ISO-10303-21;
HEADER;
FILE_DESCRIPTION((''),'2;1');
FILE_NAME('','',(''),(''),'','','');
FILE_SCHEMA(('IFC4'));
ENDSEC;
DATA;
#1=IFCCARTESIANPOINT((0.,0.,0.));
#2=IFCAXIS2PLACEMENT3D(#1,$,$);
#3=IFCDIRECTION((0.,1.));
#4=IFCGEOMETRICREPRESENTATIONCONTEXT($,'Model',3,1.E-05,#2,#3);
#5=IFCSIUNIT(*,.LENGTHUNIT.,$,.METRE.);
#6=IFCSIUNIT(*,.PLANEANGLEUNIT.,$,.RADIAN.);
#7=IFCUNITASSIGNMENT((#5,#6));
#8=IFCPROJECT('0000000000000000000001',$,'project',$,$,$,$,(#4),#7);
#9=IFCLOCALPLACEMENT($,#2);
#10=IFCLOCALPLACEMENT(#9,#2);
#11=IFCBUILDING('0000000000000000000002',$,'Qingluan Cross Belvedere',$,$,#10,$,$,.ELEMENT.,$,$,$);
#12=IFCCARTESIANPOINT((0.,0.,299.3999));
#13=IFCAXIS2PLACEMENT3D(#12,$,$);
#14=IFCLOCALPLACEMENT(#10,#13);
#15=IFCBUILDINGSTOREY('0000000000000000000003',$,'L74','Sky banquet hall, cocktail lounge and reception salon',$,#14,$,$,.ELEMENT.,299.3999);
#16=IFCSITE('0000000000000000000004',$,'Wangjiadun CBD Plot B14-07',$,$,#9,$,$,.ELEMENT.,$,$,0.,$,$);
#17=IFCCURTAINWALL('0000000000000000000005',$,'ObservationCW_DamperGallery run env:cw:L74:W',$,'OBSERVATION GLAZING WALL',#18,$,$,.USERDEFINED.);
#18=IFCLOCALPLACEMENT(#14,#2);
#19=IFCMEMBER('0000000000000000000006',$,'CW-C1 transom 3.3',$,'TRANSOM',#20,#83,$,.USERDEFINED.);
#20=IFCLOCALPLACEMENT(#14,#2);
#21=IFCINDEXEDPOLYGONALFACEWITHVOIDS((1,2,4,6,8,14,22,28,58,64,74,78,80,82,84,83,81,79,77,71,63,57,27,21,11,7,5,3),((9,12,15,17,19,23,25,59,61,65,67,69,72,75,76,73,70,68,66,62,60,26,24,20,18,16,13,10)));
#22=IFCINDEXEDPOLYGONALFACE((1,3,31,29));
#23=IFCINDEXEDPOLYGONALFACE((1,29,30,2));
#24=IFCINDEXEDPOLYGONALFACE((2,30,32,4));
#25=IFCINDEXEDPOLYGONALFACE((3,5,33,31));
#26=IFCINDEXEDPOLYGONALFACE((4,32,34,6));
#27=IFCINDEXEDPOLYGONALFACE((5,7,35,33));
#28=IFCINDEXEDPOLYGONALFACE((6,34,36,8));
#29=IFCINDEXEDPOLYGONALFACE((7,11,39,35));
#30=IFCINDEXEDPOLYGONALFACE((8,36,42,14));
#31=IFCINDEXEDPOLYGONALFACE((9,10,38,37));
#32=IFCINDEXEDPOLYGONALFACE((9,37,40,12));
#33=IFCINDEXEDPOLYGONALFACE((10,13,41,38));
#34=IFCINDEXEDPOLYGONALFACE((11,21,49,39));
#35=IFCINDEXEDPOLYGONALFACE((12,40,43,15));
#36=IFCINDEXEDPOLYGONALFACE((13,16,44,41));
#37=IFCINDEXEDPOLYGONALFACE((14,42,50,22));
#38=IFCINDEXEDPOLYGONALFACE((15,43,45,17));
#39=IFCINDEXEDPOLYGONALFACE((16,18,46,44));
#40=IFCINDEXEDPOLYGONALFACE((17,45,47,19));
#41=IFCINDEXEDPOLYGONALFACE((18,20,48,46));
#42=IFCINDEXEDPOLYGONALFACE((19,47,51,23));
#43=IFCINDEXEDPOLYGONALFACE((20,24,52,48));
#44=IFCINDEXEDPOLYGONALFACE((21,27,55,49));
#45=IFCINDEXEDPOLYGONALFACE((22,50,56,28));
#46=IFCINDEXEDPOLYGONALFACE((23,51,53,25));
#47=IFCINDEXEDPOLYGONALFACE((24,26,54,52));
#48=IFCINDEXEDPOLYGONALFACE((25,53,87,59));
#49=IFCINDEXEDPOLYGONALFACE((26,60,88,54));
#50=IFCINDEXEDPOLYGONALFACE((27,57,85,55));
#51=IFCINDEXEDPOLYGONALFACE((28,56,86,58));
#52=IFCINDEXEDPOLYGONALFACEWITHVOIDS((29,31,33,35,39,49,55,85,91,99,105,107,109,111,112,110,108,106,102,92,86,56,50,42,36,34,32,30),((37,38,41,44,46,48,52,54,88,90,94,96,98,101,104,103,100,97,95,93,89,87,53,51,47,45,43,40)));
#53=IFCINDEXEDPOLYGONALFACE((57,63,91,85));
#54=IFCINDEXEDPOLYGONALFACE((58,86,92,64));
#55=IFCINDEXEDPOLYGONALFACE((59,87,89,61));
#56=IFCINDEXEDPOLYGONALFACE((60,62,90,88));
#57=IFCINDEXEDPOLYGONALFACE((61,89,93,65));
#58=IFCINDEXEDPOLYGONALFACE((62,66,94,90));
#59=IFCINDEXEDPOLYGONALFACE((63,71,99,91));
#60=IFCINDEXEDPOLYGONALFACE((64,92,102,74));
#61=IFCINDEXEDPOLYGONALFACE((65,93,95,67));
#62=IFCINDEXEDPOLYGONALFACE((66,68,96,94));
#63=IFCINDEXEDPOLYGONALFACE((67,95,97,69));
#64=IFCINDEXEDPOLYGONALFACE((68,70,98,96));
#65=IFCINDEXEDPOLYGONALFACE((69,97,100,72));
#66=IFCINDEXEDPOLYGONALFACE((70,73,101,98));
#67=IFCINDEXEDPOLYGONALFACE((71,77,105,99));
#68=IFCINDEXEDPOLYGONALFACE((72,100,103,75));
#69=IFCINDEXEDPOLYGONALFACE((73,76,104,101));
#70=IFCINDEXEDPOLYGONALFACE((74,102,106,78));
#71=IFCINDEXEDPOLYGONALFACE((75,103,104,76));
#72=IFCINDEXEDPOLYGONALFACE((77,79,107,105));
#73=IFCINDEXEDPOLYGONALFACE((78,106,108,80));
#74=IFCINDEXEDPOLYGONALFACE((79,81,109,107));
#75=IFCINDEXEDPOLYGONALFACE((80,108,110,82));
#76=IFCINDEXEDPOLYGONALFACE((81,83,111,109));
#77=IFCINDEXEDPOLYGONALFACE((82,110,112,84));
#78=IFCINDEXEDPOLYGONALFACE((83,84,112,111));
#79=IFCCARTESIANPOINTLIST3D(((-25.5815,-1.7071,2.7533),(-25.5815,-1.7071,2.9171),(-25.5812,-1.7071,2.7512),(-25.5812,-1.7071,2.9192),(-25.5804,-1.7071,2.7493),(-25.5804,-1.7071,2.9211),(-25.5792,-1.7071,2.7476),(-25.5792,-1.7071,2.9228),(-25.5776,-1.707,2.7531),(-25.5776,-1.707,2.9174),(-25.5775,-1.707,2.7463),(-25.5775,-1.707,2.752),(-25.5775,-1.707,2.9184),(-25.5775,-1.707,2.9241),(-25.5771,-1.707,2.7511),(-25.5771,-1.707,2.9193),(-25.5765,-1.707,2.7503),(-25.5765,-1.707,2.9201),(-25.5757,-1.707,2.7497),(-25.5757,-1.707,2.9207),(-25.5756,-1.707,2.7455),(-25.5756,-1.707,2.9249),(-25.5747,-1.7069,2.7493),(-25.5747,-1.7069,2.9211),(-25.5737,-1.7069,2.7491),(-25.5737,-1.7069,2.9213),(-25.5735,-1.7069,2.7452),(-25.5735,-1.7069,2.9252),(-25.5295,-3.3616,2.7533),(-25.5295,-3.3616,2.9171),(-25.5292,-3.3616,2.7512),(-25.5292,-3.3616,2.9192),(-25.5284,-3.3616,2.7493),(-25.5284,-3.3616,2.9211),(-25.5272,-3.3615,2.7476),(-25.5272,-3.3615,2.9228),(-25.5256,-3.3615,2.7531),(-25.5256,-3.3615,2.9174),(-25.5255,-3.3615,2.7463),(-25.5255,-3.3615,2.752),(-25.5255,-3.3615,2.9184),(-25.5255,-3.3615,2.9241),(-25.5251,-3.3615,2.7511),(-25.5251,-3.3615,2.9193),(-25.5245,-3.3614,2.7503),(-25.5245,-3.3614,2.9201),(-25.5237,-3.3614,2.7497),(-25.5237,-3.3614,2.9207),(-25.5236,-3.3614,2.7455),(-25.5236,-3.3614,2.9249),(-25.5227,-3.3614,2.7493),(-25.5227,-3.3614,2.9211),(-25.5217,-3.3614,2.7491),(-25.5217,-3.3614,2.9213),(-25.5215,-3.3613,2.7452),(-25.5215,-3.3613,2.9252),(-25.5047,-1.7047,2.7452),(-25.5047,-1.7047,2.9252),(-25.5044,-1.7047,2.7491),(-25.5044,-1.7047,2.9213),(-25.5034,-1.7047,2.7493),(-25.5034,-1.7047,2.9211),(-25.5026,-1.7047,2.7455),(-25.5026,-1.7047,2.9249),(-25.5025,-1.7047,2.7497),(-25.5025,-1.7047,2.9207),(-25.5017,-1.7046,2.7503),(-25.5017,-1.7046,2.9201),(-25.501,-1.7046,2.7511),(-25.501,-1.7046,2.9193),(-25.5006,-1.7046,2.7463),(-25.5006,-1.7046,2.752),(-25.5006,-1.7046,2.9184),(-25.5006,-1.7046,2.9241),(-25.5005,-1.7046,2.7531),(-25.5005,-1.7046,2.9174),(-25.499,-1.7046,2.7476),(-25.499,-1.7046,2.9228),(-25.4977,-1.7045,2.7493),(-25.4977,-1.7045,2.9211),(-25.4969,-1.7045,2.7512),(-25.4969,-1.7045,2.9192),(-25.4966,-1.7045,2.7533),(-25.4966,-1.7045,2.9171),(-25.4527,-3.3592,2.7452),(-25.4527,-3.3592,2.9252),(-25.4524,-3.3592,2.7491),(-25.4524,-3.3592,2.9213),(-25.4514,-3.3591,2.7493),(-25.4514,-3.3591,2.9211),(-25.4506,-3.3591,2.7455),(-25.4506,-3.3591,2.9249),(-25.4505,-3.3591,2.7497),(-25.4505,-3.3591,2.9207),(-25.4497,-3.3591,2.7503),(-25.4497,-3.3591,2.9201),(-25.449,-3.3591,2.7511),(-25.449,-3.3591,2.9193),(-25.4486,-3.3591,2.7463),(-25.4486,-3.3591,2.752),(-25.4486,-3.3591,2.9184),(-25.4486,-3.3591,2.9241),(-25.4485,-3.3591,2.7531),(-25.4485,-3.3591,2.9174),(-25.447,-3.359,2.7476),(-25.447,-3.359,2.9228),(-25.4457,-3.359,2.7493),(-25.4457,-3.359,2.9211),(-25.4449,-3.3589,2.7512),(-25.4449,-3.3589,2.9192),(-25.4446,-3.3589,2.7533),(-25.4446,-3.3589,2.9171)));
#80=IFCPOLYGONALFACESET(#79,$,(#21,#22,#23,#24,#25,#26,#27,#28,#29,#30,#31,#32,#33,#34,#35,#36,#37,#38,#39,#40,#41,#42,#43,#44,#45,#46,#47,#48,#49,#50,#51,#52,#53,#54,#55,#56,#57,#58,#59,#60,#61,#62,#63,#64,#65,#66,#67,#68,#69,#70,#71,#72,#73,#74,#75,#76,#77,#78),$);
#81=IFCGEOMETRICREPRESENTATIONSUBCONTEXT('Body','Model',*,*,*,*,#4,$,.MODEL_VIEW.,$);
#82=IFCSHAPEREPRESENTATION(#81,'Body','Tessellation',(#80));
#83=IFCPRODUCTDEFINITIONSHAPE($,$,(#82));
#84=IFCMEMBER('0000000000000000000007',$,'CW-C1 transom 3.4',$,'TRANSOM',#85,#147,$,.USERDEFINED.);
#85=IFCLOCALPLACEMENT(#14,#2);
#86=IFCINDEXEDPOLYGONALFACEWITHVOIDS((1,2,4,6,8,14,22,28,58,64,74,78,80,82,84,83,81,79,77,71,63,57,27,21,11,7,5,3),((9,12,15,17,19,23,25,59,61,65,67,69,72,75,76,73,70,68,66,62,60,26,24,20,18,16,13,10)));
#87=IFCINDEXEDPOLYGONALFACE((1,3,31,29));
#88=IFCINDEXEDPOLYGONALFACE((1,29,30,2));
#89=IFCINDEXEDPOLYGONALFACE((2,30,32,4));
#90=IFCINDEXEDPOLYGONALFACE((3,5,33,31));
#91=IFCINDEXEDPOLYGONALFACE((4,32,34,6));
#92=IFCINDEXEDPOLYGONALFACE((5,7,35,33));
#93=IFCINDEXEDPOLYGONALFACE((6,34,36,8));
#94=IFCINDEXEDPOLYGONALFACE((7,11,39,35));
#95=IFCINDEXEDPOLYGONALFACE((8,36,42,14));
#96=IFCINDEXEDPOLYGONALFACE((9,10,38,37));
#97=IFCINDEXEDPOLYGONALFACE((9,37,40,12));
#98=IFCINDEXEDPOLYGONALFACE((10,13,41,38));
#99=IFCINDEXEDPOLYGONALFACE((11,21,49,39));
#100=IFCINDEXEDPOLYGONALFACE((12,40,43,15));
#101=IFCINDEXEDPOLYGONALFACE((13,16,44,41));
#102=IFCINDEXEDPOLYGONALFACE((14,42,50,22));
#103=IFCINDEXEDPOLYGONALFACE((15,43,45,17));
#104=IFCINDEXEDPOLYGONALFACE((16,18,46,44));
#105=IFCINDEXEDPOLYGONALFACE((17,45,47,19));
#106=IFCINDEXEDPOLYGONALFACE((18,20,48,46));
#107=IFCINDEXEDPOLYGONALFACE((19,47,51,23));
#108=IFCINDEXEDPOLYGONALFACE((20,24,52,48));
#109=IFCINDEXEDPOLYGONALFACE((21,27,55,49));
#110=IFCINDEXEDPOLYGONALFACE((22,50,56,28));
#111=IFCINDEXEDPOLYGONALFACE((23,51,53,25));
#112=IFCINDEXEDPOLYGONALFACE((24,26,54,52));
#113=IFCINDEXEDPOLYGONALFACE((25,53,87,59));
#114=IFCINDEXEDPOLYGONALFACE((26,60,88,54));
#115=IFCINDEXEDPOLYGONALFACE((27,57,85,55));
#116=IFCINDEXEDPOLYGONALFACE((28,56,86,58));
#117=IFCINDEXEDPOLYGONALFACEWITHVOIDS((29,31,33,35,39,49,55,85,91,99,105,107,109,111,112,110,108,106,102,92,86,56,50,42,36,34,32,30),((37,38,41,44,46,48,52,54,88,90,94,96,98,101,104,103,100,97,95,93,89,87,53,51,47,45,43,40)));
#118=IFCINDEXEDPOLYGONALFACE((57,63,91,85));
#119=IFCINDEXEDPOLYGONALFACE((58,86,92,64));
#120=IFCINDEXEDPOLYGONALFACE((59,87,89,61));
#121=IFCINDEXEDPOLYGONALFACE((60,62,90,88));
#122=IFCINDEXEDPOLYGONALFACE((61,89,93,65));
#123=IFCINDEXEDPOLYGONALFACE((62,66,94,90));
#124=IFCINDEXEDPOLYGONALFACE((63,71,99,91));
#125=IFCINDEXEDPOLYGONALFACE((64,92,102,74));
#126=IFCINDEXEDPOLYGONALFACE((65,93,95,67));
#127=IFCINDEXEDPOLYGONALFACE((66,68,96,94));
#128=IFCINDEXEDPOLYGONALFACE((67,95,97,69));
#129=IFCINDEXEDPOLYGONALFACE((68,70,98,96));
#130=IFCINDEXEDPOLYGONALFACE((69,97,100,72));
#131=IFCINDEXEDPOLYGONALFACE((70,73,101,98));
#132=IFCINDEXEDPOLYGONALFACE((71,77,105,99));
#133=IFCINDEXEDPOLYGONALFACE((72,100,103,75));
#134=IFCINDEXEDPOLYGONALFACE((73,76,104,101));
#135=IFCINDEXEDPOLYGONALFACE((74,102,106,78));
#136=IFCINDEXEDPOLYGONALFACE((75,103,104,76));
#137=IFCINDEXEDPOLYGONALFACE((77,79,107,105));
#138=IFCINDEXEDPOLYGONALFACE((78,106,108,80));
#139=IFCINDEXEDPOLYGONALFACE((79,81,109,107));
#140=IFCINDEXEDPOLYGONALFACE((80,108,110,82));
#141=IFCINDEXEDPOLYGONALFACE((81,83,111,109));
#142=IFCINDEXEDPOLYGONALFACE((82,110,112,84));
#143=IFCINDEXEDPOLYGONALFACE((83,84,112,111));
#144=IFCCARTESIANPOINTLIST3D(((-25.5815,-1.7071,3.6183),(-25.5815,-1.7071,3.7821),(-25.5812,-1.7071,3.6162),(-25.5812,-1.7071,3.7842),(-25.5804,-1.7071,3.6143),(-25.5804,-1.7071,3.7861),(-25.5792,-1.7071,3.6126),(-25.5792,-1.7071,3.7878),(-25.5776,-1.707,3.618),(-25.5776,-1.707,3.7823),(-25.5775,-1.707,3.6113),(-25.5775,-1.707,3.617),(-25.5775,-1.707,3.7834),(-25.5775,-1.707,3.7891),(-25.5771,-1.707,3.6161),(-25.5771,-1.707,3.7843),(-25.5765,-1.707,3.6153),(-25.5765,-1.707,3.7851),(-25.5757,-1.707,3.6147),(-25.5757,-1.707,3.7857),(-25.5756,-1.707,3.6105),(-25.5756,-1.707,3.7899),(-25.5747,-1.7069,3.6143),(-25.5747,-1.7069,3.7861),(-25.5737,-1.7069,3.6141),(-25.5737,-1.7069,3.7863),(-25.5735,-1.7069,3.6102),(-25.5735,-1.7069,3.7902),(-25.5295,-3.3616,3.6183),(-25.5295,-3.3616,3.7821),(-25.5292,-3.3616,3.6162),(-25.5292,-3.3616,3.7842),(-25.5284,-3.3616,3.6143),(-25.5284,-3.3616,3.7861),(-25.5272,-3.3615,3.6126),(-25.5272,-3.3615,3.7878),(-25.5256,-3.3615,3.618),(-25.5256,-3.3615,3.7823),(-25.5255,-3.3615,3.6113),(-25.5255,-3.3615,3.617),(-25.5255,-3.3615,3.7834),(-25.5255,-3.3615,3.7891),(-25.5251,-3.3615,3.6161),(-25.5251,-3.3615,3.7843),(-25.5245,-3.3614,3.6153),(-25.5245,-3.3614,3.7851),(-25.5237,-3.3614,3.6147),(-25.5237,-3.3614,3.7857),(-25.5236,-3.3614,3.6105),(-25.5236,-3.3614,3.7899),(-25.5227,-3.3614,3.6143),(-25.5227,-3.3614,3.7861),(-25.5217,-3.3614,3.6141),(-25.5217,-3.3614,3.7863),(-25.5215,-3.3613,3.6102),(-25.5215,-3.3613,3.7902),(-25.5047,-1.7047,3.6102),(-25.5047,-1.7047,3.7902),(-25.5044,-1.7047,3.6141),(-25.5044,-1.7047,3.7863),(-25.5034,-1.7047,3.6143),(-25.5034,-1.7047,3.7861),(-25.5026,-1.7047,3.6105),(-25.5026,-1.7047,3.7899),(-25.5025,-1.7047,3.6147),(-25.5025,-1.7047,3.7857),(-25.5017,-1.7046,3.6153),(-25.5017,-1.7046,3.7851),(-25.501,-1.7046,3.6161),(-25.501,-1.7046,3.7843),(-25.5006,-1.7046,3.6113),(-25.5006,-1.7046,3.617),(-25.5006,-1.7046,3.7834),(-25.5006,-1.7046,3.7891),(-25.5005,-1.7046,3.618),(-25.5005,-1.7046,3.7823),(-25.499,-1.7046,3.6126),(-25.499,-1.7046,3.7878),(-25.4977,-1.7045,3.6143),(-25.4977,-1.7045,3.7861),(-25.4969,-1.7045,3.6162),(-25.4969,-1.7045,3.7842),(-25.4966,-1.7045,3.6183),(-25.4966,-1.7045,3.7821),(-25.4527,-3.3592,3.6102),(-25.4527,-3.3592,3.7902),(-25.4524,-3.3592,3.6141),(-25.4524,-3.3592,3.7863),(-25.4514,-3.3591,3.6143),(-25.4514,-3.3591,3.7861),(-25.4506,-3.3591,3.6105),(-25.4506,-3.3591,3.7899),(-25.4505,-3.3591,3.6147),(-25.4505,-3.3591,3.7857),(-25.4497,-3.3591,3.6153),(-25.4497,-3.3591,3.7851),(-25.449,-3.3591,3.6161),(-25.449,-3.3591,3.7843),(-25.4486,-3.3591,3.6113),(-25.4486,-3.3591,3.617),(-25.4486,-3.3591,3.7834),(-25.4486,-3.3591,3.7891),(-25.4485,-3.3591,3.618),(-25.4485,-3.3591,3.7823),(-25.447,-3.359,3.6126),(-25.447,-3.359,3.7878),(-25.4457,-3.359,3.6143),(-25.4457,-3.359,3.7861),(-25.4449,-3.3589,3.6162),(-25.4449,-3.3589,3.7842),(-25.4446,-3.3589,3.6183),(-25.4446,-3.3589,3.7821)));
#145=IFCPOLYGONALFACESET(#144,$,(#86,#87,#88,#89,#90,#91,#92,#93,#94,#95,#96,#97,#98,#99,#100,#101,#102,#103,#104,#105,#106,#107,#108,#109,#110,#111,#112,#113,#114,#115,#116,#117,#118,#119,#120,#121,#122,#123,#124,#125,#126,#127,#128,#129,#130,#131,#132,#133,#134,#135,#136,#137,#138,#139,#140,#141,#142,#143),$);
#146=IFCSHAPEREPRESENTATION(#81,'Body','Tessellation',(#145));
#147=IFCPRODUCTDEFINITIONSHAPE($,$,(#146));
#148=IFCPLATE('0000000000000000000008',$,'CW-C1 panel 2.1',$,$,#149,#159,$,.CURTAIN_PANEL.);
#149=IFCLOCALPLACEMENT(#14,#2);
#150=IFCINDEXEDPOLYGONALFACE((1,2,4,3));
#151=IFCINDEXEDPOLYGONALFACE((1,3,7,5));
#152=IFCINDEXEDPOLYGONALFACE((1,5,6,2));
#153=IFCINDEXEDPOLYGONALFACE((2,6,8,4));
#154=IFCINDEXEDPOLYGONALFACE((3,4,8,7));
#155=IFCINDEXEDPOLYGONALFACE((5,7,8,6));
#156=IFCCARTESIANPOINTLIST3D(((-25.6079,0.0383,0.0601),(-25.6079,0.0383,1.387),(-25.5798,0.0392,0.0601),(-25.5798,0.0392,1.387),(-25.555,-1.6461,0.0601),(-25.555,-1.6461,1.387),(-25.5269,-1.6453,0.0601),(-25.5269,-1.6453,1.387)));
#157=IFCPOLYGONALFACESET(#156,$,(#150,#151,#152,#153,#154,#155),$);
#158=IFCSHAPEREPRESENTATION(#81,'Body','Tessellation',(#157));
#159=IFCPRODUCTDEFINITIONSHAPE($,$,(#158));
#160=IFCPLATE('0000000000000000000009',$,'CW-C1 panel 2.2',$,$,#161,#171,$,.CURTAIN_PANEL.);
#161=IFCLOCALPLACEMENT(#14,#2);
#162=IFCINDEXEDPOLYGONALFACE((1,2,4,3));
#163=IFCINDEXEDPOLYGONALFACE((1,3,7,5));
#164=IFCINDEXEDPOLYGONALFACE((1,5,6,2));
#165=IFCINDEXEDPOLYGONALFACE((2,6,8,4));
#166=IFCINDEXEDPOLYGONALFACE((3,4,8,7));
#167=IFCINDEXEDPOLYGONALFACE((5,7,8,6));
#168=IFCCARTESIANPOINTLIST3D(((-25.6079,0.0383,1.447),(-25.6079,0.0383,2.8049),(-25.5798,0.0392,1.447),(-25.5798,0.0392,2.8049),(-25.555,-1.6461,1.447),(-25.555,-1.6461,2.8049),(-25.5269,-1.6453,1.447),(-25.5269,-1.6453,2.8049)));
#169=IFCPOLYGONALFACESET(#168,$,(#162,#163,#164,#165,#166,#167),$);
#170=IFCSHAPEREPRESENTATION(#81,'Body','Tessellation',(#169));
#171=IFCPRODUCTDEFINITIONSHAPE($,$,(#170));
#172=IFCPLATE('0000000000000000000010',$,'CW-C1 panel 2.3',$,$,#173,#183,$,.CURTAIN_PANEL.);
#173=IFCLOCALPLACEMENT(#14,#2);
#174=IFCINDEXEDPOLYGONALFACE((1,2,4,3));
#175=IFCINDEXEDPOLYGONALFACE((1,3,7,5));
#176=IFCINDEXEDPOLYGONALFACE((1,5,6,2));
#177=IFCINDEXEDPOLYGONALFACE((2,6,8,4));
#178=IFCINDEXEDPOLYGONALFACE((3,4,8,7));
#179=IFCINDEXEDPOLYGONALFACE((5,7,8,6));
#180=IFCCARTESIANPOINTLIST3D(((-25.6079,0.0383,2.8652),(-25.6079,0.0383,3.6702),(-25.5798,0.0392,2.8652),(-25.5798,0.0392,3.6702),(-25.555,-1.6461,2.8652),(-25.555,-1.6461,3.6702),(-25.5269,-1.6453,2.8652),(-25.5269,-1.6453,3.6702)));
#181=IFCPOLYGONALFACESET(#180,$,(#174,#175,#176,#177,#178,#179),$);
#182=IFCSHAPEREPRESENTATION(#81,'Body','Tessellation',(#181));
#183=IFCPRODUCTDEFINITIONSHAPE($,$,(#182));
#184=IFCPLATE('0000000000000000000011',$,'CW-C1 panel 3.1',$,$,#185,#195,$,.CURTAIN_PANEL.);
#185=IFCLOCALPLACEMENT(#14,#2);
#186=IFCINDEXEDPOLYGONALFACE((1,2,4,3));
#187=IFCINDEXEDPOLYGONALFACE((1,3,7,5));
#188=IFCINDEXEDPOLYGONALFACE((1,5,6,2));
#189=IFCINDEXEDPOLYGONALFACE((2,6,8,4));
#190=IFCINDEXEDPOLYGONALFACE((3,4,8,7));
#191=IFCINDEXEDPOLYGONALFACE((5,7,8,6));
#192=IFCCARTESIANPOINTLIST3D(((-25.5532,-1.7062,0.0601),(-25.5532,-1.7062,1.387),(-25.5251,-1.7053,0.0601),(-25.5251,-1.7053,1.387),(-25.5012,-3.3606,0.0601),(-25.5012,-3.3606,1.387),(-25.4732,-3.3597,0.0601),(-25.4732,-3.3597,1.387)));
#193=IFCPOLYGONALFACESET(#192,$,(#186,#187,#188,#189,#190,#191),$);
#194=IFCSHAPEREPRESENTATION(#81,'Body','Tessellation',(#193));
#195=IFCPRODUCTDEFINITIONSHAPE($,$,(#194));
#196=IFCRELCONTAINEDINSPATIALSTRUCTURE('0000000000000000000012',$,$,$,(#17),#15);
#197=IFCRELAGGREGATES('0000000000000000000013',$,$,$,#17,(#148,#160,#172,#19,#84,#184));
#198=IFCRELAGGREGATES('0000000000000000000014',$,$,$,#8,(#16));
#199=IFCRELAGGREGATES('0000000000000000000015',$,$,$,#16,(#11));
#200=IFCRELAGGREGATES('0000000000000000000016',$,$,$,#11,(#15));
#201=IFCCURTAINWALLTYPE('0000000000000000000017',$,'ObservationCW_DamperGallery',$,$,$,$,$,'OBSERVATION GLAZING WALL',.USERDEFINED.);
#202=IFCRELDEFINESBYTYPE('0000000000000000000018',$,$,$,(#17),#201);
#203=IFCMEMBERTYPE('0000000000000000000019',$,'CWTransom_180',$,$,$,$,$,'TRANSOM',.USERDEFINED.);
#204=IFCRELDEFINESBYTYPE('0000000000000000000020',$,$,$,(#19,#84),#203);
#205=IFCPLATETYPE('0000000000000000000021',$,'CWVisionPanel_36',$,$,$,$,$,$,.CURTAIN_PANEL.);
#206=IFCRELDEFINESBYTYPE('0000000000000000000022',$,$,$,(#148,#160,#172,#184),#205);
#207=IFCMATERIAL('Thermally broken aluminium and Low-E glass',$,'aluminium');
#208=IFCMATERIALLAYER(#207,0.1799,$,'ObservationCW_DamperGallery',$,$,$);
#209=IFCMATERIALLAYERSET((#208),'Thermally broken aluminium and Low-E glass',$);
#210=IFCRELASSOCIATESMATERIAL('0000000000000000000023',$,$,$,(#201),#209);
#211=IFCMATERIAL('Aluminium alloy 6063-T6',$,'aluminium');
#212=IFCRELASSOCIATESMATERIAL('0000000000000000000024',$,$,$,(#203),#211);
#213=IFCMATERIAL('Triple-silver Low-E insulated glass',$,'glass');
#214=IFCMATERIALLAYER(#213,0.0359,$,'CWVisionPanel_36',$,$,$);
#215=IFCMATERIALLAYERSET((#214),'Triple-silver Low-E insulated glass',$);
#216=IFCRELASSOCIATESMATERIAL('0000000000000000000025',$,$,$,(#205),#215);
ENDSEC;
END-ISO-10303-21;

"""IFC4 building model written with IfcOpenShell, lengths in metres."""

from ifc_helpers import new_model, si_unit, direction, frame, origin, origin_2d, place, context, subcontext, project, spatial, rectangle, hollow_rectangle, extrude, material, layer, layer_set, material_profile, profile_set, type_object, element, aggregate, save


model = new_model("IFC4")

# Units and contexts
model_context = context("Model", 3, precision=1e-05, world=origin(), true_north=direction((0.0, 1.0)))
body_context = subcontext(model_context, "Body", "Model", "MODEL_VIEW")
ifc_project = project(units=[si_unit("LENGTHUNIT", "METRE"), si_unit("PLANEANGLEUNIT", "RADIAN")], contexts=[model_context])

# Site, building, storey
site_placement = place(None, origin())
site = spatial("IfcSite", under=ifc_project, at=site_placement, Name="Wangjiadun CBD Plot B14-07", CompositionType="ELEMENT", RefElevation=0.0)
building_placement = place(site_placement, origin())
building = spatial("IfcBuilding", under=site, at=building_placement, Name="Qingluan Cross Belvedere", CompositionType="ELEMENT")
storey_placement = place(building_placement, frame((0.0, 0.0, 299.3999)))
storey = spatial("IfcBuildingStorey", under=building, at=storey_placement, Name="L74", Description="Sky banquet hall, cocktail lounge and reception salon", CompositionType="ELEMENT", Elevation=299.3999)

# Curtain wall, members, plates
ifc_material_1 = material(Name="Thermally broken aluminium and Low-E glass", Category="aluminium")
ifc_layer_1 = layer(ifc_material_1, 0.1799, Name="ObservationCW_DamperGallery")
ifc_layer_set_1 = layer_set([ifc_layer_1], Name="Thermally broken aluminium and Low-E glass")
curtain_wall_type = type_object("IfcCurtainWallType", Name="ObservationCW_DamperGallery", ElementType="OBSERVATION GLAZING WALL", PredefinedType="USERDEFINED", material=ifc_layer_set_1)
curtain_wall_placement = place(storey_placement, origin())
curtain_wall = element("IfcCurtainWall", 1, at=curtain_wall_placement, inside=storey, type_object=curtain_wall_type, Name="ObservationCW_DamperGallery run env:cw:L74:W", ObjectType="OBSERVATION GLAZING WALL", PredefinedType="USERDEFINED")
ifc_material_2 = material(Name="Aluminium alloy 6063-T6", Category="aluminium")
ifc_material_profile_1 = material_profile(ifc_material_2, hollow_rectangle(XDim=0.085, YDim=0.1799, WallThickness=0.0039, InnerFilletRadius=0.0039, OuterFilletRadius=0.0081, at=origin_2d()), Name="CWT180x85x4")
ifc_profile_set_1 = profile_set([ifc_material_profile_1], Name="Aluminium alloy 6063-T6")
member_type_1 = type_object("IfcMemberType", Name="CWTransom_180", ElementType="TRANSOM", PredefinedType="USERDEFINED", material=ifc_profile_set_1)
member_1_placement = place(storey_placement, frame((-25.5391, -1.7058, 2.8352), z_axis=(0.031414, -0.999506, 0.0), x_axis=(0.999506, 0.031414, 0.0)))
member_1 = element("IfcMember", 2, at=member_1_placement, type_object=member_type_1, Name="CW-C1 transom 3.3", ObjectType="TRANSOM", PredefinedType="USERDEFINED", context=body_context, shape_type="SweptSolid", body=[
    extrude(hollow_rectangle(XDim=0.085, YDim=0.1799, WallThickness=0.0039, InnerFilletRadius=0.0039, OuterFilletRadius=0.0081, at=origin_2d()), origin(), (0.0, 0.0, 1.0), 1.6553),
])
member_2_placement = place(storey_placement, frame((-25.5391, -1.7058, 3.7002), z_axis=(0.031414, -0.999506, 0.0), x_axis=(0.999506, 0.031414, 0.0)))
member_2 = element("IfcMember", 3, at=member_2_placement, type_object=member_type_1, Name="CW-C1 transom 3.4", ObjectType="TRANSOM", PredefinedType="USERDEFINED", context=body_context, shape_type="SweptSolid", body=[
    extrude(hollow_rectangle(XDim=0.085, YDim=0.1799, WallThickness=0.0039, InnerFilletRadius=0.0039, OuterFilletRadius=0.0081, at=origin_2d()), origin(), (0.0, 0.0, 1.0), 1.6553),
])
ifc_material_3 = material(Name="Triple-silver Low-E insulated glass", Category="glass")
ifc_layer_2 = layer(ifc_material_3, 0.0359, Name="CWVisionPanel_36")
ifc_layer_set_2 = layer_set([ifc_layer_2], Name="Triple-silver Low-E insulated glass")
plate_type = type_object("IfcPlateType", Name="CWVisionPanel_36", PredefinedType="CURTAIN_PANEL", material=ifc_layer_set_2)
plate_1_placement = place(storey_placement, frame((-25.5674, -0.8035, 0.0601), z_axis=(0.0, 0.0, 1.0), x_axis=(0.031398, -0.999507, 0.0)))
plate_1 = element("IfcPlate", 4, at=plate_1_placement, type_object=plate_type, Name="CW-C1 panel 2.1", PredefinedType="CURTAIN_PANEL", context=body_context, shape_type="SweptSolid", body=[
    extrude(rectangle(XDim=1.6853, YDim=0.0281, at=origin_2d()), origin(), (0.0, 0.0, 1.0), 1.3269),
])
plate_2_placement = place(storey_placement, frame((-25.5674, -0.8035, 1.447), z_axis=(0.0, 0.0, 1.0), x_axis=(0.031398, -0.999507, 0.0)))
plate_2 = element("IfcPlate", 5, at=plate_2_placement, type_object=plate_type, Name="CW-C1 panel 2.2", PredefinedType="CURTAIN_PANEL", context=body_context, shape_type="SweptSolid", body=[
    extrude(rectangle(XDim=1.6853, YDim=0.0281, at=origin_2d()), origin(), (0.0, 0.0, 1.0), 1.3579),
])
plate_3_placement = place(storey_placement, frame((-25.5674, -0.8035, 2.8652), z_axis=(0.0, 0.0, 1.0), x_axis=(0.031398, -0.999507, 0.0)))
plate_3 = element("IfcPlate", 6, at=plate_3_placement, type_object=plate_type, Name="CW-C1 panel 2.3", PredefinedType="CURTAIN_PANEL", context=body_context, shape_type="SweptSolid", body=[
    extrude(rectangle(XDim=1.6853, YDim=0.0281, at=origin_2d()), origin(), (0.0, 0.0, 1.0), 0.8049),
])
plate_4_placement = place(storey_placement, frame((-25.5132, -2.533, 0.0601), z_axis=(0.0, 0.0, 1.0), x_axis=(0.031398, -0.999507, 0.0)))
plate_4 = element("IfcPlate", 7, at=plate_4_placement, type_object=plate_type, Name="CW-C1 panel 3.1", PredefinedType="CURTAIN_PANEL", context=body_context, shape_type="SweptSolid", body=[
    extrude(rectangle(XDim=1.6553, YDim=0.0281, at=origin_2d()), origin(), (0.0, 0.0, 1.0), 1.3269),
])
aggregate(curtain_wall, [plate_1, plate_2, plate_3, member_1, member_2, plate_4])

save(model, "model.ifc")
